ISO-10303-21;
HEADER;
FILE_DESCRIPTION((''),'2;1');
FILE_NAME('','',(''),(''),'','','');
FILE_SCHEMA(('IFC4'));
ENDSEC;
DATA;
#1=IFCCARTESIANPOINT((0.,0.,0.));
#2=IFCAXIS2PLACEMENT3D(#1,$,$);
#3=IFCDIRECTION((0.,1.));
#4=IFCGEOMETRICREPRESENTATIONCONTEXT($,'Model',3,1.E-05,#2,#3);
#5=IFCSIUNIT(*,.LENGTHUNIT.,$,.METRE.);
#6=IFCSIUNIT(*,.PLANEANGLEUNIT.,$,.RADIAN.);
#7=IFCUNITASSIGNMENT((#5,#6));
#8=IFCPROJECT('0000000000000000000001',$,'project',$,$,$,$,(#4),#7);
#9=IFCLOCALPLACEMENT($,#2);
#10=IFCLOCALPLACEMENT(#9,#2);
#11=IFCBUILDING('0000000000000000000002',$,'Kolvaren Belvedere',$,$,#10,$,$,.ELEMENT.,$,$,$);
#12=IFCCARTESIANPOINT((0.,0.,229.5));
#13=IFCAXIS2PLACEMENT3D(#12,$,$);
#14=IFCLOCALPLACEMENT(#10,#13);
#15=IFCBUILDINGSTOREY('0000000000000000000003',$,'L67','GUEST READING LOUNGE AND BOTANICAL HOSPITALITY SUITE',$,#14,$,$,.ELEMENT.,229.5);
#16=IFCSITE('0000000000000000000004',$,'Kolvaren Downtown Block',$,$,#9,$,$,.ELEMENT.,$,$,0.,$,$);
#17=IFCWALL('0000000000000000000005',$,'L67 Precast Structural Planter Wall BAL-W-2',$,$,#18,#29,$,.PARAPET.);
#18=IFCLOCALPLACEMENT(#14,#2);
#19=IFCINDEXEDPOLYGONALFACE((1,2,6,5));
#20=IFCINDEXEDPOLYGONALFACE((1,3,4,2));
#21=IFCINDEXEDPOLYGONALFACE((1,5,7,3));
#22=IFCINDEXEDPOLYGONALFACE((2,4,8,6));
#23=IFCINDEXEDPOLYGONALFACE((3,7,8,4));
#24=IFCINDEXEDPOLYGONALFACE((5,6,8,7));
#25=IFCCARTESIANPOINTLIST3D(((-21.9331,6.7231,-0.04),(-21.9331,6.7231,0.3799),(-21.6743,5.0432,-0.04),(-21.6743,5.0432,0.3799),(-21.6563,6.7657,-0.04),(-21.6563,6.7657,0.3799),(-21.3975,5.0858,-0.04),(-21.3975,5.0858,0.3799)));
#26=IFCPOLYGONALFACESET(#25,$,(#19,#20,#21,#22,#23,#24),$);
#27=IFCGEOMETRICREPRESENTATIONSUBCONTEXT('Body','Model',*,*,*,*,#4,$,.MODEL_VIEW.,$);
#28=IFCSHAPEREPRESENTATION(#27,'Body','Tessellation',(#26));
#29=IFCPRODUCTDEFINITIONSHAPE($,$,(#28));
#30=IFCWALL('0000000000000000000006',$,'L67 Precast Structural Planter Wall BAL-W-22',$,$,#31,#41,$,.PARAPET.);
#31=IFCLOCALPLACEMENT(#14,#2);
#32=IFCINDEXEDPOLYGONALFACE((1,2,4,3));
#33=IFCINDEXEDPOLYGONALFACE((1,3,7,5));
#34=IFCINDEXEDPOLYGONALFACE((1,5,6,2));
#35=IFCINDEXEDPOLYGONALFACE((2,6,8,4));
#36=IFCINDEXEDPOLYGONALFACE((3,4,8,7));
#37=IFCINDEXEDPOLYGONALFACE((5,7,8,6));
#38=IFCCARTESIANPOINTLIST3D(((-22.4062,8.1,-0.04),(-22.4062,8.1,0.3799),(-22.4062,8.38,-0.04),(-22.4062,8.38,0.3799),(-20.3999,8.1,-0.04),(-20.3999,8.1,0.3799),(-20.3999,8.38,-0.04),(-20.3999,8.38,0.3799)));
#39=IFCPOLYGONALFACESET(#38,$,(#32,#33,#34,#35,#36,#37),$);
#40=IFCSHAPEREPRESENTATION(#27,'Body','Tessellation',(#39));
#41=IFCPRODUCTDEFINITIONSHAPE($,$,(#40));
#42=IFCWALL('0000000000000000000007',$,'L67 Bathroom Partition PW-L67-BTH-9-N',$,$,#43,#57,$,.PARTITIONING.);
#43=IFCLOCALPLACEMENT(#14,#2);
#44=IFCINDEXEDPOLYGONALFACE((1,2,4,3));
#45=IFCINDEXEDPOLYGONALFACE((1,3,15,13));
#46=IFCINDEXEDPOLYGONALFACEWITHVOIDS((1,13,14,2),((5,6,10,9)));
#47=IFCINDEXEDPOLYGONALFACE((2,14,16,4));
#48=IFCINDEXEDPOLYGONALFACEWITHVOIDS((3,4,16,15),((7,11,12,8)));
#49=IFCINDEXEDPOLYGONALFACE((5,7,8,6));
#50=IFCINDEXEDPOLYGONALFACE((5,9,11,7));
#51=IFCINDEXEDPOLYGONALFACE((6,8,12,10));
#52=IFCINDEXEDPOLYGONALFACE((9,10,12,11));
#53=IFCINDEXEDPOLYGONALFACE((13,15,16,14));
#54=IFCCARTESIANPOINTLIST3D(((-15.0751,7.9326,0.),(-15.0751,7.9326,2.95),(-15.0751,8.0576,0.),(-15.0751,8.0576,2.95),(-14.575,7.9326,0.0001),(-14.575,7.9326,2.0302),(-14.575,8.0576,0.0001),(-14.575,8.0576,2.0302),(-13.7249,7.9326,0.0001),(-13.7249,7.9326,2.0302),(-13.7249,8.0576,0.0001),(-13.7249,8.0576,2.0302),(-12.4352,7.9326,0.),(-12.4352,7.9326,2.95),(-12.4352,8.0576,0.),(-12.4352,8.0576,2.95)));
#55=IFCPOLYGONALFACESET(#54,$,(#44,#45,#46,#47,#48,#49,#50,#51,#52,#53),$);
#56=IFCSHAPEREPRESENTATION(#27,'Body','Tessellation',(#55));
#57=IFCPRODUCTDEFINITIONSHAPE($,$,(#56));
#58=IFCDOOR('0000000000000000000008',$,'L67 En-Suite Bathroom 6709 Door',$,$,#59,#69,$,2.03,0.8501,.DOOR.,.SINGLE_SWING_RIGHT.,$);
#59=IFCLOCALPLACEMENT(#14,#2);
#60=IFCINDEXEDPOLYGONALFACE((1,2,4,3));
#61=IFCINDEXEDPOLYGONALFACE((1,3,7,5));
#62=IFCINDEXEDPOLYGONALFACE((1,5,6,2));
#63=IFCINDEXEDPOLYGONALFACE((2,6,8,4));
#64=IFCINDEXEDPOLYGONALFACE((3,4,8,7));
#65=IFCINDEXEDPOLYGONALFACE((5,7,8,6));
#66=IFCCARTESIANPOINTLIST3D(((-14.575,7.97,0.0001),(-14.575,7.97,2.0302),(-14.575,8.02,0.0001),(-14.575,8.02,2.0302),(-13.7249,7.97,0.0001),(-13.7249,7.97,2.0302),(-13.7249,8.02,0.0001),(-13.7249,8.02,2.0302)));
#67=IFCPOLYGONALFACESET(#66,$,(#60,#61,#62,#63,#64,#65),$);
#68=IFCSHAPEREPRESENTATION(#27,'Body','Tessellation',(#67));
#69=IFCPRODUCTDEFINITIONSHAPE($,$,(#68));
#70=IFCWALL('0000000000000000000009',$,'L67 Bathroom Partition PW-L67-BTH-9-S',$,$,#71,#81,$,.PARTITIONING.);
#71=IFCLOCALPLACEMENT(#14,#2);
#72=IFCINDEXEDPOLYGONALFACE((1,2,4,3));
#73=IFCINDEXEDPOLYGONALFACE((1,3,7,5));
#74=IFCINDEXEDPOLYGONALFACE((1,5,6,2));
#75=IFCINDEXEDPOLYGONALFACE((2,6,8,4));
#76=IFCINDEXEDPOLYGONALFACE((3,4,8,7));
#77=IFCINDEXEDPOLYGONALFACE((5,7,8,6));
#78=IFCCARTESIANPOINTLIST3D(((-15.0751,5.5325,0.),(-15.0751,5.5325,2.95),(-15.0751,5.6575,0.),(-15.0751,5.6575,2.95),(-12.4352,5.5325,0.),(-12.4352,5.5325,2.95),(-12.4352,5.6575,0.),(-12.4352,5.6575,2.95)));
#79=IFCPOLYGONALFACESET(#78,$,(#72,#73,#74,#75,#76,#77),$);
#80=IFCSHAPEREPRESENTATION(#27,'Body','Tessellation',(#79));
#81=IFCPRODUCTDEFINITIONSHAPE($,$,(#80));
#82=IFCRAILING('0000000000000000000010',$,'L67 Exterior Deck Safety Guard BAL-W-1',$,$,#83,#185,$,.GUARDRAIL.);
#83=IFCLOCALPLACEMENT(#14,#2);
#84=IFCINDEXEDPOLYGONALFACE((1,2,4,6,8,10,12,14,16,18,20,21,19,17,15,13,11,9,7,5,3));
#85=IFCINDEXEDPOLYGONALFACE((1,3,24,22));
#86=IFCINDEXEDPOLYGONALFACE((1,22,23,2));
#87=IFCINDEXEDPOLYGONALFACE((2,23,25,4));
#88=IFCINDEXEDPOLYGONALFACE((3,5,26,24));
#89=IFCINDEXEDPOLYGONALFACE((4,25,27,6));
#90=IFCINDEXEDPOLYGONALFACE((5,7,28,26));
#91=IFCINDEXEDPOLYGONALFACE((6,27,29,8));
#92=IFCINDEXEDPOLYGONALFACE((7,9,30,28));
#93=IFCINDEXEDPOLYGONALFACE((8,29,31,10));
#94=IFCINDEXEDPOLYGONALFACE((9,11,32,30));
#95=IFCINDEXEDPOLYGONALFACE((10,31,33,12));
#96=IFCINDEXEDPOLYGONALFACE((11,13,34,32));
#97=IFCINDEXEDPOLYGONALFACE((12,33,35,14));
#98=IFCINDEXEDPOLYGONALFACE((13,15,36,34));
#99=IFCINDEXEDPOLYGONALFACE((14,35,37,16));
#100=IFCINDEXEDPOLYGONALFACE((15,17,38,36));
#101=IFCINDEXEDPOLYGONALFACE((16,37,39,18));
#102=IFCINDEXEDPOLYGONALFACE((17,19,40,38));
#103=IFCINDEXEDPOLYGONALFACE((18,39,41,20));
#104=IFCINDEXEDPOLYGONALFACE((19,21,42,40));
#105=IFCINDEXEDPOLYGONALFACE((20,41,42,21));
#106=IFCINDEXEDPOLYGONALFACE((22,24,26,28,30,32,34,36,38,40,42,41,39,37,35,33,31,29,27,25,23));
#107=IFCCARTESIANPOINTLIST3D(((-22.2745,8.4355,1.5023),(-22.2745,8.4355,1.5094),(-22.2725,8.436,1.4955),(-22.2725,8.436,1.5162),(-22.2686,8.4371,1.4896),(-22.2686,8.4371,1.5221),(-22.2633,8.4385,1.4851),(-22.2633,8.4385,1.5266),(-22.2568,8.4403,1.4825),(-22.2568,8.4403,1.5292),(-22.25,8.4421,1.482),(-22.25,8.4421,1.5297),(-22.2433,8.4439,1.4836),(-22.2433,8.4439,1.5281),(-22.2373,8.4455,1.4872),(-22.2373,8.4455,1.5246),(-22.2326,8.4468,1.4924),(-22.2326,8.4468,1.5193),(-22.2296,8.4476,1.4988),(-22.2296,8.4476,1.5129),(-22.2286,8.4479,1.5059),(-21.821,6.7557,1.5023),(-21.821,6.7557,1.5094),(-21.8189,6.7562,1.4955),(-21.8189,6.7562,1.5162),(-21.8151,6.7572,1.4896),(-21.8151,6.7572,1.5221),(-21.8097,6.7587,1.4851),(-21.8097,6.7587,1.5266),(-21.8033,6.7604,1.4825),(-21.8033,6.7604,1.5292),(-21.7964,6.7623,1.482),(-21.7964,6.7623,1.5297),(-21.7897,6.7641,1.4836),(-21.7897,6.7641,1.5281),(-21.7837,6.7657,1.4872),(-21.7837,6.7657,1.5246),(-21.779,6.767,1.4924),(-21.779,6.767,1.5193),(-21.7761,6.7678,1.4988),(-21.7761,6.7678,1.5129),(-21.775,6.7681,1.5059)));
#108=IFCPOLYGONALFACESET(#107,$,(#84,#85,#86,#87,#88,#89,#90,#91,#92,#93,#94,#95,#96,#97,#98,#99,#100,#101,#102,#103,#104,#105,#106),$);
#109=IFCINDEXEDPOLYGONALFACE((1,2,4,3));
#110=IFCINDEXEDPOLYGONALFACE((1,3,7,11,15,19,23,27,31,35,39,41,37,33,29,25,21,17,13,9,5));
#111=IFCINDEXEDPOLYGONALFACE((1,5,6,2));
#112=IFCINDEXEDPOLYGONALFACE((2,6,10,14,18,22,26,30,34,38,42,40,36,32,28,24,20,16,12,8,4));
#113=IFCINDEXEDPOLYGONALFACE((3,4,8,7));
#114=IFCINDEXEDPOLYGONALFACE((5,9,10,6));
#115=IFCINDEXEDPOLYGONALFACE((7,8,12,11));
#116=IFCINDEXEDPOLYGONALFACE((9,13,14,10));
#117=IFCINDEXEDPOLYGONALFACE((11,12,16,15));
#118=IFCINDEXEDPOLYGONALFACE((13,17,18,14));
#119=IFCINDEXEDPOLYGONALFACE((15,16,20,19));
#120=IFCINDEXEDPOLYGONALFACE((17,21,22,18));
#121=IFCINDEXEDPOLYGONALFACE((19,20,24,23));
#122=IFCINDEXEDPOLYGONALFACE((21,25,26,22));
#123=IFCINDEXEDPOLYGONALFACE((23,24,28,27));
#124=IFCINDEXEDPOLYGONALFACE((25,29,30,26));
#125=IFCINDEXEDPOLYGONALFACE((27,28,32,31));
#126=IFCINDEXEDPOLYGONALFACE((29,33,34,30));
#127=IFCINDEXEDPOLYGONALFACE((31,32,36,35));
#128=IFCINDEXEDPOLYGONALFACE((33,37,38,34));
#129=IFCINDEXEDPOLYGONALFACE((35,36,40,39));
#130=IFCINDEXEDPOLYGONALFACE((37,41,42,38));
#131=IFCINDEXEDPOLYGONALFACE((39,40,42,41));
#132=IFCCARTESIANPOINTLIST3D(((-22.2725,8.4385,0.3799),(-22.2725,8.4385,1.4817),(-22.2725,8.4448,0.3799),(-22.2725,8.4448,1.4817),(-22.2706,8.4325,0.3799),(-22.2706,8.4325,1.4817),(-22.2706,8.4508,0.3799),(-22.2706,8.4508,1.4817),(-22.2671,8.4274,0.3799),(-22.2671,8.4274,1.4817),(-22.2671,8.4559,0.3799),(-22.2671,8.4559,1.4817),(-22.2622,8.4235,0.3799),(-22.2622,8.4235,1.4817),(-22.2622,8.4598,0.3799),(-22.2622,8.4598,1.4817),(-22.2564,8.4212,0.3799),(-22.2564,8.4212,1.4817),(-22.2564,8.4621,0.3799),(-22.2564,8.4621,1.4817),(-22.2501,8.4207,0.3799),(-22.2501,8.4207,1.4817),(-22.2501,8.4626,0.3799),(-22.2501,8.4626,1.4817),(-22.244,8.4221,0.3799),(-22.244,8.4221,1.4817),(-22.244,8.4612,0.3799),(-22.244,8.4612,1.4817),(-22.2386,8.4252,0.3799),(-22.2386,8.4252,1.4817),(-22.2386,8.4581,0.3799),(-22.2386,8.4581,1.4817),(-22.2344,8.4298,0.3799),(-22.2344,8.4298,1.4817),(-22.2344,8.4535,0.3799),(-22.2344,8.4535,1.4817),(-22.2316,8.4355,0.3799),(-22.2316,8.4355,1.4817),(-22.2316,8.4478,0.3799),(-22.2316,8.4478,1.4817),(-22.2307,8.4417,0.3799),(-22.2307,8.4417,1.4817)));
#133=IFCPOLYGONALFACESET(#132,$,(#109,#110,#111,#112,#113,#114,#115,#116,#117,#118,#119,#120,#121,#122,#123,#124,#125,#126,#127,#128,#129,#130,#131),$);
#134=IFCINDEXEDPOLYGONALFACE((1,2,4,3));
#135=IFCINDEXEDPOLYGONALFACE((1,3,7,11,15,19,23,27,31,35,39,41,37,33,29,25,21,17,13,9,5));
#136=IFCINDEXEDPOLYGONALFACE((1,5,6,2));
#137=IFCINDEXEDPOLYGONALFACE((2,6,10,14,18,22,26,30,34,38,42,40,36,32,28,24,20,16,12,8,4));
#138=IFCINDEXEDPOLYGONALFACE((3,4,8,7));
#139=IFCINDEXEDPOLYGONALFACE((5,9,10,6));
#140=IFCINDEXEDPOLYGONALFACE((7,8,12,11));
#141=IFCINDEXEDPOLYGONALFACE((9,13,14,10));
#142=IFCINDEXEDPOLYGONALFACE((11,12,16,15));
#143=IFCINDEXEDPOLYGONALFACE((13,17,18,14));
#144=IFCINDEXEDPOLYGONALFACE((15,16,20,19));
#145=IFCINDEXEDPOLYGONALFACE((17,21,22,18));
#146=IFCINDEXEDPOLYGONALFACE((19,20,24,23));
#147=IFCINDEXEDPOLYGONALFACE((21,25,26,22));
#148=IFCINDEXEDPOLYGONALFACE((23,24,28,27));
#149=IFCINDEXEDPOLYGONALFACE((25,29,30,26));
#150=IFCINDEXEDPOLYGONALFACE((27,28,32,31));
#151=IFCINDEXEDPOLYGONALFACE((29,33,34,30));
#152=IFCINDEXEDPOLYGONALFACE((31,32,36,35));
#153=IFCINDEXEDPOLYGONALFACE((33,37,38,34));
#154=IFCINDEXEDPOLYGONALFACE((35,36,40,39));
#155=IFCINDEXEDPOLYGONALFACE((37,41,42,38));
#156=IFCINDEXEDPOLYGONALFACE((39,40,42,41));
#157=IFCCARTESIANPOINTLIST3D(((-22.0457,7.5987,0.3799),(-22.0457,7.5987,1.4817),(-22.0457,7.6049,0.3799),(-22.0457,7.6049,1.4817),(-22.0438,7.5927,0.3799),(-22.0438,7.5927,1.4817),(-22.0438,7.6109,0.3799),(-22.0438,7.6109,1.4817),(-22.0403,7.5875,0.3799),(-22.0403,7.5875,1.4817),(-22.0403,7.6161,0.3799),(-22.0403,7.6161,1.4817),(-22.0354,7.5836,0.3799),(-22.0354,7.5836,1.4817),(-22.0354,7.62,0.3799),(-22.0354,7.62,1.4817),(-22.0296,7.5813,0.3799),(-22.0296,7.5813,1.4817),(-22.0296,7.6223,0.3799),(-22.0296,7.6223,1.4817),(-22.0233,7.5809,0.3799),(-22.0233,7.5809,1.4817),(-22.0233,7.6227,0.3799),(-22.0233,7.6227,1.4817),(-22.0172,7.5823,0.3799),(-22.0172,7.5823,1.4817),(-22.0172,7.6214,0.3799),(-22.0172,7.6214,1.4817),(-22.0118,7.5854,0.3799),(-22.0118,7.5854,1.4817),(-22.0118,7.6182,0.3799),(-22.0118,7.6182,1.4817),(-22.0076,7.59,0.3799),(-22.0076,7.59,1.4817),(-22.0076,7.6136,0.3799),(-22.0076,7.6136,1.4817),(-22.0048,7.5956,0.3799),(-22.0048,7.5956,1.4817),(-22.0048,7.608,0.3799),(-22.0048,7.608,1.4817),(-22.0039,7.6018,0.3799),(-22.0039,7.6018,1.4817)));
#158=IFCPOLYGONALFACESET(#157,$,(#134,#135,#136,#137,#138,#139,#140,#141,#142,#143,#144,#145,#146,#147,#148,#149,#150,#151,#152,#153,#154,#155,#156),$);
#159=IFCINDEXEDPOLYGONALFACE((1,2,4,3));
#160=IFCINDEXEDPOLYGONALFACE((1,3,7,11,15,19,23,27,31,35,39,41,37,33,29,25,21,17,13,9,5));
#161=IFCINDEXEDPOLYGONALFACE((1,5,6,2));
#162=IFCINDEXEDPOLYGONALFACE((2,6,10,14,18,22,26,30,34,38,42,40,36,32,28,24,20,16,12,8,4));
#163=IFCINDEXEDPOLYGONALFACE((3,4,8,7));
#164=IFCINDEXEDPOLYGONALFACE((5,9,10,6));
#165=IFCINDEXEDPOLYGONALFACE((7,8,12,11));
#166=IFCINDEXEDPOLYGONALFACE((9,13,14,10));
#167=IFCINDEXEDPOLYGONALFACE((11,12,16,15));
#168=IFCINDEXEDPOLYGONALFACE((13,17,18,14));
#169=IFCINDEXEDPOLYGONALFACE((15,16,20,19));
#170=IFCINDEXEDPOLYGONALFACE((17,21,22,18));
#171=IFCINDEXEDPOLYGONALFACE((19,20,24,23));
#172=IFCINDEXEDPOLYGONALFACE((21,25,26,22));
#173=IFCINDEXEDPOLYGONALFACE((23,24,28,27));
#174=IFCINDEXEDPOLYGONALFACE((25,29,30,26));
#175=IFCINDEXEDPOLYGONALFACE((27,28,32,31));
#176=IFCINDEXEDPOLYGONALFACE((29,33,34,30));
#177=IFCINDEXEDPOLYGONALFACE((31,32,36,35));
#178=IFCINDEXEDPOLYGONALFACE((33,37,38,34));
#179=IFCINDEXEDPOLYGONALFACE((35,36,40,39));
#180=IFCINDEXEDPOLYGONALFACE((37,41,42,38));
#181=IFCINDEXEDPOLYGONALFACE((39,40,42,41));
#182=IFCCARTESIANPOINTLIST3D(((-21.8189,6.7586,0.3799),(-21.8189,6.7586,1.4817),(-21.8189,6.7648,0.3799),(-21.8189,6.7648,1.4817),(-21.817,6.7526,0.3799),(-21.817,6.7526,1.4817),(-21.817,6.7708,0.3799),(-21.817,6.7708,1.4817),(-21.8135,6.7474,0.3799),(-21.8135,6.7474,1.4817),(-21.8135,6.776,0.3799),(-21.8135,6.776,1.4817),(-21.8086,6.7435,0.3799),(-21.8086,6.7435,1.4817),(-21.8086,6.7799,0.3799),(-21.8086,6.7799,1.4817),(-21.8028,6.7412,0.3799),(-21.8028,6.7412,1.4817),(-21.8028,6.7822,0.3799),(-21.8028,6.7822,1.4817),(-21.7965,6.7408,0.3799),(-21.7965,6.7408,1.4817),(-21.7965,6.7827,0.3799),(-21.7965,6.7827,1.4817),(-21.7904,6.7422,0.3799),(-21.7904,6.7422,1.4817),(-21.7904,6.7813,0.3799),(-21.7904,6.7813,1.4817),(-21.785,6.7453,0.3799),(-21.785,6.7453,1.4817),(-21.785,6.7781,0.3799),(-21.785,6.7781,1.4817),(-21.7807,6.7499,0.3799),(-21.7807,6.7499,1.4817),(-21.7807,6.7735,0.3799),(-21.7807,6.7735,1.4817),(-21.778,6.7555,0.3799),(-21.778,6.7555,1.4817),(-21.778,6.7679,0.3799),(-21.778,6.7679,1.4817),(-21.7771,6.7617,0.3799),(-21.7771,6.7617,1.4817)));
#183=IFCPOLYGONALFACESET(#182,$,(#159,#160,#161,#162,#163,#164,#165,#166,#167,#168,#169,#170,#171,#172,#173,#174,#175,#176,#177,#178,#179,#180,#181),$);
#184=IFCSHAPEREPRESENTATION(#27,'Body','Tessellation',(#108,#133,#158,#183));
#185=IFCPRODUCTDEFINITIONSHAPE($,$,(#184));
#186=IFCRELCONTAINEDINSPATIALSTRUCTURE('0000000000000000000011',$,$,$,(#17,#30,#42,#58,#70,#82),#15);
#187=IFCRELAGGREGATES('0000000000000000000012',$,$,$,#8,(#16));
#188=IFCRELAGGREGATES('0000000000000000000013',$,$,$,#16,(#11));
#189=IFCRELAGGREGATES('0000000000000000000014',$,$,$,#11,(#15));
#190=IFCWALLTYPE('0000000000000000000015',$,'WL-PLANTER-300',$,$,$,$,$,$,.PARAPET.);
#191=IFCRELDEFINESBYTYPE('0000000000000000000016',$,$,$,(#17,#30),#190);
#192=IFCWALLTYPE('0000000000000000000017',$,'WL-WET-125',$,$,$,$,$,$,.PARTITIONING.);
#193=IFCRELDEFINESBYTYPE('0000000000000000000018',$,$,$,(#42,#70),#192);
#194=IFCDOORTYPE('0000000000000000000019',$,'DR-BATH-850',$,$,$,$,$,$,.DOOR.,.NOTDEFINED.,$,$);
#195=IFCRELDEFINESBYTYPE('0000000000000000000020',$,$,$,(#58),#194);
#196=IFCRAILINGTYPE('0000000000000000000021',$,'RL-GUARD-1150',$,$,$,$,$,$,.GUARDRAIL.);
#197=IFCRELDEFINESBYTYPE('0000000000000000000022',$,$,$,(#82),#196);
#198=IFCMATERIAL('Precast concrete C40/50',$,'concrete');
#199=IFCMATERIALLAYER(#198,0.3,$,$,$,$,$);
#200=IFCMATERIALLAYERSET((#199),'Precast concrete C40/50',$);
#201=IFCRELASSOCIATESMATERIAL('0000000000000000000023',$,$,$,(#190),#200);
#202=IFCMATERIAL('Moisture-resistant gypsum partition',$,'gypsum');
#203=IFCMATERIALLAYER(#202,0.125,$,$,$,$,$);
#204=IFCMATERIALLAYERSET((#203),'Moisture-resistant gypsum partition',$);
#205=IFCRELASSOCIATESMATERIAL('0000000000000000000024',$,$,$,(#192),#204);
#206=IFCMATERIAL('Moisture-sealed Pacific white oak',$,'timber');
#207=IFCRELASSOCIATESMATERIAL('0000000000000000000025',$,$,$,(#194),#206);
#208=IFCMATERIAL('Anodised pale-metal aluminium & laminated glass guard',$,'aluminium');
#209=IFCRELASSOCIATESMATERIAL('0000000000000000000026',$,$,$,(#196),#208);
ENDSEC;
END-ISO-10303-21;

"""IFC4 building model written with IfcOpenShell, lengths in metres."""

from ifc_helpers import new_model, si_unit, direction, frame, frame_2d, origin, origin_2d, place, context, subcontext, project, spatial, rectangle, circle, extrude, material, layer, layer_set, type_object, element, fill, save


model = new_model("IFC4")

# Units and contexts
model_context = context("Model", 3, precision=1e-05, world=origin(), true_north=direction((0.0, 1.0)))
body_context = subcontext(model_context, "Body", "Model", "MODEL_VIEW")
ifc_project = project(units=[si_unit("LENGTHUNIT", "METRE"), si_unit("PLANEANGLEUNIT", "RADIAN")], contexts=[model_context])

# Site, building, storey
site_placement = place(None, origin())
site = spatial("IfcSite", under=ifc_project, at=site_placement, Name="Kolvaren Downtown Block", CompositionType="ELEMENT", RefElevation=0.0)
building_placement = place(site_placement, origin())
building = spatial("IfcBuilding", under=site, at=building_placement, Name="Kolvaren Belvedere", CompositionType="ELEMENT")
storey_placement = place(building_placement, frame((0.0, 0.0, 229.5)))
storey = spatial("IfcBuildingStorey", under=building, at=storey_placement, Name="L67", Description="GUEST READING LOUNGE AND BOTANICAL HOSPITALITY SUITE", CompositionType="ELEMENT", Elevation=229.5)

# Walls
ifc_material_1 = material(Name="Precast concrete C40/50", Category="concrete")
ifc_layer_1 = layer(ifc_material_1, 0.3)
ifc_layer_set_1 = layer_set([ifc_layer_1], Name="Precast concrete C40/50")
wall_type_1 = type_object("IfcWallType", Name="WL-PLANTER-300", PredefinedType="PARAPET", material=ifc_layer_set_1)
wall_1_placement = place(storey_placement, frame((-21.7947, 6.7444, -0.04), z_axis=(0.0, 0.0, 1.0), x_axis=(0.152251, -0.988342, 0.0)))
element("IfcWall", 1, at=wall_1_placement, inside=storey, type_object=wall_type_1, Name="L67 Precast Structural Planter Wall BAL-W-2", PredefinedType="PARAPET", context=body_context, shape_type="SweptSolid", body=[
    extrude(rectangle(XDim=1.6997, YDim=0.28, at=frame_2d((0.8499, 0.0))), origin(), (0.0, 0.0, 1.0), 0.4199),
])
wall_2_placement = place(storey_placement, frame((-20.3999, 8.24, -0.04), z_axis=(0.0, 0.0, 1.0), x_axis=(-1.0, 0.0, 0.0)))
element("IfcWall", 2, at=wall_2_placement, inside=storey, type_object=wall_type_1, Name="L67 Precast Structural Planter Wall BAL-W-22", PredefinedType="PARAPET", context=body_context, shape_type="SweptSolid", body=[
    extrude(rectangle(XDim=2.0063, YDim=0.28, at=frame_2d((1.0032, 0.0))), origin(), (0.0, 0.0, 1.0), 0.4199),
])

# Wall, opening, door
ifc_material_2 = material(Name="Moisture-resistant gypsum partition", Category="gypsum")
ifc_layer_2 = layer(ifc_material_2, 0.125)
ifc_layer_set_2 = layer_set([ifc_layer_2], Name="Moisture-resistant gypsum partition")
wall_type_2 = type_object("IfcWallType", Name="WL-WET-125", PredefinedType="PARTITIONING", material=ifc_layer_set_2)
wall_3_placement = place(storey_placement, frame((-15.075, 7.9951, 0.0), z_axis=(0.0, 0.0, 1.0), x_axis=(1.0, 0.0, 0.0)))
wall_3 = element("IfcWall", 3, at=wall_3_placement, inside=storey, type_object=wall_type_2, Name="L67 Bathroom Partition PW-L67-BTH-9-N", PredefinedType="PARTITIONING", context=body_context, shape_type="SweptSolid", body=[
    extrude(rectangle(XDim=2.6399, YDim=0.125, at=frame_2d((1.3198, 0.0))), origin(), (0.0, 0.0, 1.0), 2.95),
])
opening_1_placement = place(wall_3_placement, frame((0.5, 0.0, 0.0)))
opening_1 = element("IfcOpeningElement", 4, at=opening_1_placement, cuts=wall_3, PredefinedType="OPENING", context=body_context, shape_type="SweptSolid", body=[
    extrude(rectangle(XDim=0.8501, YDim=2.03, at=frame_2d((0.425, 1.0151))), frame((0.0, 0.0725, 0.0), z_axis=(0.0, -1.0, 0.0), x_axis=(1.0, 0.0, 0.0)), (0.0, 0.0, 1.0), 0.145),
])
ifc_material_3 = material(Name="Moisture-sealed Pacific white oak", Category="timber")
door_type = type_object("IfcDoorType", Name="DR-BATH-850", OperationType="NOTDEFINED", PredefinedType="DOOR", material=ifc_material_3)
door_placement = place(opening_1_placement, origin())
door = element("IfcDoor", 5, at=door_placement, inside=storey, type_object=door_type, Name="L67 En-Suite Bathroom 6709 Door", OperationType="SINGLE_SWING_RIGHT", OverallHeight=2.03, OverallWidth=0.8501, PredefinedType="DOOR", context=body_context, shape_type="SweptSolid", body=[
    extrude(rectangle(XDim=0.8501, YDim=2.03, at=frame_2d((0.425, 1.0151))), frame((0.0, 0.0249, 0.0), z_axis=(0.0, -1.0, 0.0), x_axis=(1.0, 0.0, 0.0)), (0.0, 0.0, 1.0), 0.05),
])
fill(opening_1, door)

# Wall
wall_4_placement = place(storey_placement, frame((-15.075, 5.595, 0.0), z_axis=(0.0, 0.0, 1.0), x_axis=(1.0, 0.0, 0.0)))
element("IfcWall", 6, at=wall_4_placement, inside=storey, type_object=wall_type_2, Name="L67 Bathroom Partition PW-L67-BTH-9-S", PredefinedType="PARTITIONING", context=body_context, shape_type="SweptSolid", body=[
    extrude(rectangle(XDim=2.6399, YDim=0.125, at=frame_2d((1.3198, 0.0))), origin(), (0.0, 0.0, 1.0), 2.95),
])

# Railing
ifc_material_4 = material(Name="Anodised pale-metal aluminium & laminated glass guard", Category="aluminium")
railing_type = type_object("IfcRailingType", Name="RL-GUARD-1150", PredefinedType="GUARDRAIL", material=ifc_material_4)
railing_1_placement = place(storey_placement, frame((-22.2517, 8.4417, 0.3799)))
element("IfcRailing", 7, at=railing_1_placement, inside=storey, type_object=railing_type, Name="L67 Exterior Deck Safety Guard BAL-W-1", PredefinedType="GUARDRAIL", context=body_context, shape_type="SweptSolid", body=[
    extrude(circle(Radius=0.0239, at=origin_2d()), frame((0.0, 0.0, 1.126), z_axis=(0.260683, -0.965424, 0.0), x_axis=(0.965424, 0.260683, 0.0)), (0.0, 0.0, 1.0), 1.74),
    extrude(circle(Radius=0.021, at=origin_2d()), origin(), (0.0, 0.0, 1.0), 1.1018),
    extrude(circle(Radius=0.021, at=origin_2d()), frame((0.2268, -0.8398, 0.0)), (0.0, 0.0, 1.0), 1.1018),
    extrude(circle(Radius=0.021, at=origin_2d()), frame((0.4536, -1.6799, 0.0)), (0.0, 0.0, 1.0), 1.1018),
])

save(model, "model.ifc")
